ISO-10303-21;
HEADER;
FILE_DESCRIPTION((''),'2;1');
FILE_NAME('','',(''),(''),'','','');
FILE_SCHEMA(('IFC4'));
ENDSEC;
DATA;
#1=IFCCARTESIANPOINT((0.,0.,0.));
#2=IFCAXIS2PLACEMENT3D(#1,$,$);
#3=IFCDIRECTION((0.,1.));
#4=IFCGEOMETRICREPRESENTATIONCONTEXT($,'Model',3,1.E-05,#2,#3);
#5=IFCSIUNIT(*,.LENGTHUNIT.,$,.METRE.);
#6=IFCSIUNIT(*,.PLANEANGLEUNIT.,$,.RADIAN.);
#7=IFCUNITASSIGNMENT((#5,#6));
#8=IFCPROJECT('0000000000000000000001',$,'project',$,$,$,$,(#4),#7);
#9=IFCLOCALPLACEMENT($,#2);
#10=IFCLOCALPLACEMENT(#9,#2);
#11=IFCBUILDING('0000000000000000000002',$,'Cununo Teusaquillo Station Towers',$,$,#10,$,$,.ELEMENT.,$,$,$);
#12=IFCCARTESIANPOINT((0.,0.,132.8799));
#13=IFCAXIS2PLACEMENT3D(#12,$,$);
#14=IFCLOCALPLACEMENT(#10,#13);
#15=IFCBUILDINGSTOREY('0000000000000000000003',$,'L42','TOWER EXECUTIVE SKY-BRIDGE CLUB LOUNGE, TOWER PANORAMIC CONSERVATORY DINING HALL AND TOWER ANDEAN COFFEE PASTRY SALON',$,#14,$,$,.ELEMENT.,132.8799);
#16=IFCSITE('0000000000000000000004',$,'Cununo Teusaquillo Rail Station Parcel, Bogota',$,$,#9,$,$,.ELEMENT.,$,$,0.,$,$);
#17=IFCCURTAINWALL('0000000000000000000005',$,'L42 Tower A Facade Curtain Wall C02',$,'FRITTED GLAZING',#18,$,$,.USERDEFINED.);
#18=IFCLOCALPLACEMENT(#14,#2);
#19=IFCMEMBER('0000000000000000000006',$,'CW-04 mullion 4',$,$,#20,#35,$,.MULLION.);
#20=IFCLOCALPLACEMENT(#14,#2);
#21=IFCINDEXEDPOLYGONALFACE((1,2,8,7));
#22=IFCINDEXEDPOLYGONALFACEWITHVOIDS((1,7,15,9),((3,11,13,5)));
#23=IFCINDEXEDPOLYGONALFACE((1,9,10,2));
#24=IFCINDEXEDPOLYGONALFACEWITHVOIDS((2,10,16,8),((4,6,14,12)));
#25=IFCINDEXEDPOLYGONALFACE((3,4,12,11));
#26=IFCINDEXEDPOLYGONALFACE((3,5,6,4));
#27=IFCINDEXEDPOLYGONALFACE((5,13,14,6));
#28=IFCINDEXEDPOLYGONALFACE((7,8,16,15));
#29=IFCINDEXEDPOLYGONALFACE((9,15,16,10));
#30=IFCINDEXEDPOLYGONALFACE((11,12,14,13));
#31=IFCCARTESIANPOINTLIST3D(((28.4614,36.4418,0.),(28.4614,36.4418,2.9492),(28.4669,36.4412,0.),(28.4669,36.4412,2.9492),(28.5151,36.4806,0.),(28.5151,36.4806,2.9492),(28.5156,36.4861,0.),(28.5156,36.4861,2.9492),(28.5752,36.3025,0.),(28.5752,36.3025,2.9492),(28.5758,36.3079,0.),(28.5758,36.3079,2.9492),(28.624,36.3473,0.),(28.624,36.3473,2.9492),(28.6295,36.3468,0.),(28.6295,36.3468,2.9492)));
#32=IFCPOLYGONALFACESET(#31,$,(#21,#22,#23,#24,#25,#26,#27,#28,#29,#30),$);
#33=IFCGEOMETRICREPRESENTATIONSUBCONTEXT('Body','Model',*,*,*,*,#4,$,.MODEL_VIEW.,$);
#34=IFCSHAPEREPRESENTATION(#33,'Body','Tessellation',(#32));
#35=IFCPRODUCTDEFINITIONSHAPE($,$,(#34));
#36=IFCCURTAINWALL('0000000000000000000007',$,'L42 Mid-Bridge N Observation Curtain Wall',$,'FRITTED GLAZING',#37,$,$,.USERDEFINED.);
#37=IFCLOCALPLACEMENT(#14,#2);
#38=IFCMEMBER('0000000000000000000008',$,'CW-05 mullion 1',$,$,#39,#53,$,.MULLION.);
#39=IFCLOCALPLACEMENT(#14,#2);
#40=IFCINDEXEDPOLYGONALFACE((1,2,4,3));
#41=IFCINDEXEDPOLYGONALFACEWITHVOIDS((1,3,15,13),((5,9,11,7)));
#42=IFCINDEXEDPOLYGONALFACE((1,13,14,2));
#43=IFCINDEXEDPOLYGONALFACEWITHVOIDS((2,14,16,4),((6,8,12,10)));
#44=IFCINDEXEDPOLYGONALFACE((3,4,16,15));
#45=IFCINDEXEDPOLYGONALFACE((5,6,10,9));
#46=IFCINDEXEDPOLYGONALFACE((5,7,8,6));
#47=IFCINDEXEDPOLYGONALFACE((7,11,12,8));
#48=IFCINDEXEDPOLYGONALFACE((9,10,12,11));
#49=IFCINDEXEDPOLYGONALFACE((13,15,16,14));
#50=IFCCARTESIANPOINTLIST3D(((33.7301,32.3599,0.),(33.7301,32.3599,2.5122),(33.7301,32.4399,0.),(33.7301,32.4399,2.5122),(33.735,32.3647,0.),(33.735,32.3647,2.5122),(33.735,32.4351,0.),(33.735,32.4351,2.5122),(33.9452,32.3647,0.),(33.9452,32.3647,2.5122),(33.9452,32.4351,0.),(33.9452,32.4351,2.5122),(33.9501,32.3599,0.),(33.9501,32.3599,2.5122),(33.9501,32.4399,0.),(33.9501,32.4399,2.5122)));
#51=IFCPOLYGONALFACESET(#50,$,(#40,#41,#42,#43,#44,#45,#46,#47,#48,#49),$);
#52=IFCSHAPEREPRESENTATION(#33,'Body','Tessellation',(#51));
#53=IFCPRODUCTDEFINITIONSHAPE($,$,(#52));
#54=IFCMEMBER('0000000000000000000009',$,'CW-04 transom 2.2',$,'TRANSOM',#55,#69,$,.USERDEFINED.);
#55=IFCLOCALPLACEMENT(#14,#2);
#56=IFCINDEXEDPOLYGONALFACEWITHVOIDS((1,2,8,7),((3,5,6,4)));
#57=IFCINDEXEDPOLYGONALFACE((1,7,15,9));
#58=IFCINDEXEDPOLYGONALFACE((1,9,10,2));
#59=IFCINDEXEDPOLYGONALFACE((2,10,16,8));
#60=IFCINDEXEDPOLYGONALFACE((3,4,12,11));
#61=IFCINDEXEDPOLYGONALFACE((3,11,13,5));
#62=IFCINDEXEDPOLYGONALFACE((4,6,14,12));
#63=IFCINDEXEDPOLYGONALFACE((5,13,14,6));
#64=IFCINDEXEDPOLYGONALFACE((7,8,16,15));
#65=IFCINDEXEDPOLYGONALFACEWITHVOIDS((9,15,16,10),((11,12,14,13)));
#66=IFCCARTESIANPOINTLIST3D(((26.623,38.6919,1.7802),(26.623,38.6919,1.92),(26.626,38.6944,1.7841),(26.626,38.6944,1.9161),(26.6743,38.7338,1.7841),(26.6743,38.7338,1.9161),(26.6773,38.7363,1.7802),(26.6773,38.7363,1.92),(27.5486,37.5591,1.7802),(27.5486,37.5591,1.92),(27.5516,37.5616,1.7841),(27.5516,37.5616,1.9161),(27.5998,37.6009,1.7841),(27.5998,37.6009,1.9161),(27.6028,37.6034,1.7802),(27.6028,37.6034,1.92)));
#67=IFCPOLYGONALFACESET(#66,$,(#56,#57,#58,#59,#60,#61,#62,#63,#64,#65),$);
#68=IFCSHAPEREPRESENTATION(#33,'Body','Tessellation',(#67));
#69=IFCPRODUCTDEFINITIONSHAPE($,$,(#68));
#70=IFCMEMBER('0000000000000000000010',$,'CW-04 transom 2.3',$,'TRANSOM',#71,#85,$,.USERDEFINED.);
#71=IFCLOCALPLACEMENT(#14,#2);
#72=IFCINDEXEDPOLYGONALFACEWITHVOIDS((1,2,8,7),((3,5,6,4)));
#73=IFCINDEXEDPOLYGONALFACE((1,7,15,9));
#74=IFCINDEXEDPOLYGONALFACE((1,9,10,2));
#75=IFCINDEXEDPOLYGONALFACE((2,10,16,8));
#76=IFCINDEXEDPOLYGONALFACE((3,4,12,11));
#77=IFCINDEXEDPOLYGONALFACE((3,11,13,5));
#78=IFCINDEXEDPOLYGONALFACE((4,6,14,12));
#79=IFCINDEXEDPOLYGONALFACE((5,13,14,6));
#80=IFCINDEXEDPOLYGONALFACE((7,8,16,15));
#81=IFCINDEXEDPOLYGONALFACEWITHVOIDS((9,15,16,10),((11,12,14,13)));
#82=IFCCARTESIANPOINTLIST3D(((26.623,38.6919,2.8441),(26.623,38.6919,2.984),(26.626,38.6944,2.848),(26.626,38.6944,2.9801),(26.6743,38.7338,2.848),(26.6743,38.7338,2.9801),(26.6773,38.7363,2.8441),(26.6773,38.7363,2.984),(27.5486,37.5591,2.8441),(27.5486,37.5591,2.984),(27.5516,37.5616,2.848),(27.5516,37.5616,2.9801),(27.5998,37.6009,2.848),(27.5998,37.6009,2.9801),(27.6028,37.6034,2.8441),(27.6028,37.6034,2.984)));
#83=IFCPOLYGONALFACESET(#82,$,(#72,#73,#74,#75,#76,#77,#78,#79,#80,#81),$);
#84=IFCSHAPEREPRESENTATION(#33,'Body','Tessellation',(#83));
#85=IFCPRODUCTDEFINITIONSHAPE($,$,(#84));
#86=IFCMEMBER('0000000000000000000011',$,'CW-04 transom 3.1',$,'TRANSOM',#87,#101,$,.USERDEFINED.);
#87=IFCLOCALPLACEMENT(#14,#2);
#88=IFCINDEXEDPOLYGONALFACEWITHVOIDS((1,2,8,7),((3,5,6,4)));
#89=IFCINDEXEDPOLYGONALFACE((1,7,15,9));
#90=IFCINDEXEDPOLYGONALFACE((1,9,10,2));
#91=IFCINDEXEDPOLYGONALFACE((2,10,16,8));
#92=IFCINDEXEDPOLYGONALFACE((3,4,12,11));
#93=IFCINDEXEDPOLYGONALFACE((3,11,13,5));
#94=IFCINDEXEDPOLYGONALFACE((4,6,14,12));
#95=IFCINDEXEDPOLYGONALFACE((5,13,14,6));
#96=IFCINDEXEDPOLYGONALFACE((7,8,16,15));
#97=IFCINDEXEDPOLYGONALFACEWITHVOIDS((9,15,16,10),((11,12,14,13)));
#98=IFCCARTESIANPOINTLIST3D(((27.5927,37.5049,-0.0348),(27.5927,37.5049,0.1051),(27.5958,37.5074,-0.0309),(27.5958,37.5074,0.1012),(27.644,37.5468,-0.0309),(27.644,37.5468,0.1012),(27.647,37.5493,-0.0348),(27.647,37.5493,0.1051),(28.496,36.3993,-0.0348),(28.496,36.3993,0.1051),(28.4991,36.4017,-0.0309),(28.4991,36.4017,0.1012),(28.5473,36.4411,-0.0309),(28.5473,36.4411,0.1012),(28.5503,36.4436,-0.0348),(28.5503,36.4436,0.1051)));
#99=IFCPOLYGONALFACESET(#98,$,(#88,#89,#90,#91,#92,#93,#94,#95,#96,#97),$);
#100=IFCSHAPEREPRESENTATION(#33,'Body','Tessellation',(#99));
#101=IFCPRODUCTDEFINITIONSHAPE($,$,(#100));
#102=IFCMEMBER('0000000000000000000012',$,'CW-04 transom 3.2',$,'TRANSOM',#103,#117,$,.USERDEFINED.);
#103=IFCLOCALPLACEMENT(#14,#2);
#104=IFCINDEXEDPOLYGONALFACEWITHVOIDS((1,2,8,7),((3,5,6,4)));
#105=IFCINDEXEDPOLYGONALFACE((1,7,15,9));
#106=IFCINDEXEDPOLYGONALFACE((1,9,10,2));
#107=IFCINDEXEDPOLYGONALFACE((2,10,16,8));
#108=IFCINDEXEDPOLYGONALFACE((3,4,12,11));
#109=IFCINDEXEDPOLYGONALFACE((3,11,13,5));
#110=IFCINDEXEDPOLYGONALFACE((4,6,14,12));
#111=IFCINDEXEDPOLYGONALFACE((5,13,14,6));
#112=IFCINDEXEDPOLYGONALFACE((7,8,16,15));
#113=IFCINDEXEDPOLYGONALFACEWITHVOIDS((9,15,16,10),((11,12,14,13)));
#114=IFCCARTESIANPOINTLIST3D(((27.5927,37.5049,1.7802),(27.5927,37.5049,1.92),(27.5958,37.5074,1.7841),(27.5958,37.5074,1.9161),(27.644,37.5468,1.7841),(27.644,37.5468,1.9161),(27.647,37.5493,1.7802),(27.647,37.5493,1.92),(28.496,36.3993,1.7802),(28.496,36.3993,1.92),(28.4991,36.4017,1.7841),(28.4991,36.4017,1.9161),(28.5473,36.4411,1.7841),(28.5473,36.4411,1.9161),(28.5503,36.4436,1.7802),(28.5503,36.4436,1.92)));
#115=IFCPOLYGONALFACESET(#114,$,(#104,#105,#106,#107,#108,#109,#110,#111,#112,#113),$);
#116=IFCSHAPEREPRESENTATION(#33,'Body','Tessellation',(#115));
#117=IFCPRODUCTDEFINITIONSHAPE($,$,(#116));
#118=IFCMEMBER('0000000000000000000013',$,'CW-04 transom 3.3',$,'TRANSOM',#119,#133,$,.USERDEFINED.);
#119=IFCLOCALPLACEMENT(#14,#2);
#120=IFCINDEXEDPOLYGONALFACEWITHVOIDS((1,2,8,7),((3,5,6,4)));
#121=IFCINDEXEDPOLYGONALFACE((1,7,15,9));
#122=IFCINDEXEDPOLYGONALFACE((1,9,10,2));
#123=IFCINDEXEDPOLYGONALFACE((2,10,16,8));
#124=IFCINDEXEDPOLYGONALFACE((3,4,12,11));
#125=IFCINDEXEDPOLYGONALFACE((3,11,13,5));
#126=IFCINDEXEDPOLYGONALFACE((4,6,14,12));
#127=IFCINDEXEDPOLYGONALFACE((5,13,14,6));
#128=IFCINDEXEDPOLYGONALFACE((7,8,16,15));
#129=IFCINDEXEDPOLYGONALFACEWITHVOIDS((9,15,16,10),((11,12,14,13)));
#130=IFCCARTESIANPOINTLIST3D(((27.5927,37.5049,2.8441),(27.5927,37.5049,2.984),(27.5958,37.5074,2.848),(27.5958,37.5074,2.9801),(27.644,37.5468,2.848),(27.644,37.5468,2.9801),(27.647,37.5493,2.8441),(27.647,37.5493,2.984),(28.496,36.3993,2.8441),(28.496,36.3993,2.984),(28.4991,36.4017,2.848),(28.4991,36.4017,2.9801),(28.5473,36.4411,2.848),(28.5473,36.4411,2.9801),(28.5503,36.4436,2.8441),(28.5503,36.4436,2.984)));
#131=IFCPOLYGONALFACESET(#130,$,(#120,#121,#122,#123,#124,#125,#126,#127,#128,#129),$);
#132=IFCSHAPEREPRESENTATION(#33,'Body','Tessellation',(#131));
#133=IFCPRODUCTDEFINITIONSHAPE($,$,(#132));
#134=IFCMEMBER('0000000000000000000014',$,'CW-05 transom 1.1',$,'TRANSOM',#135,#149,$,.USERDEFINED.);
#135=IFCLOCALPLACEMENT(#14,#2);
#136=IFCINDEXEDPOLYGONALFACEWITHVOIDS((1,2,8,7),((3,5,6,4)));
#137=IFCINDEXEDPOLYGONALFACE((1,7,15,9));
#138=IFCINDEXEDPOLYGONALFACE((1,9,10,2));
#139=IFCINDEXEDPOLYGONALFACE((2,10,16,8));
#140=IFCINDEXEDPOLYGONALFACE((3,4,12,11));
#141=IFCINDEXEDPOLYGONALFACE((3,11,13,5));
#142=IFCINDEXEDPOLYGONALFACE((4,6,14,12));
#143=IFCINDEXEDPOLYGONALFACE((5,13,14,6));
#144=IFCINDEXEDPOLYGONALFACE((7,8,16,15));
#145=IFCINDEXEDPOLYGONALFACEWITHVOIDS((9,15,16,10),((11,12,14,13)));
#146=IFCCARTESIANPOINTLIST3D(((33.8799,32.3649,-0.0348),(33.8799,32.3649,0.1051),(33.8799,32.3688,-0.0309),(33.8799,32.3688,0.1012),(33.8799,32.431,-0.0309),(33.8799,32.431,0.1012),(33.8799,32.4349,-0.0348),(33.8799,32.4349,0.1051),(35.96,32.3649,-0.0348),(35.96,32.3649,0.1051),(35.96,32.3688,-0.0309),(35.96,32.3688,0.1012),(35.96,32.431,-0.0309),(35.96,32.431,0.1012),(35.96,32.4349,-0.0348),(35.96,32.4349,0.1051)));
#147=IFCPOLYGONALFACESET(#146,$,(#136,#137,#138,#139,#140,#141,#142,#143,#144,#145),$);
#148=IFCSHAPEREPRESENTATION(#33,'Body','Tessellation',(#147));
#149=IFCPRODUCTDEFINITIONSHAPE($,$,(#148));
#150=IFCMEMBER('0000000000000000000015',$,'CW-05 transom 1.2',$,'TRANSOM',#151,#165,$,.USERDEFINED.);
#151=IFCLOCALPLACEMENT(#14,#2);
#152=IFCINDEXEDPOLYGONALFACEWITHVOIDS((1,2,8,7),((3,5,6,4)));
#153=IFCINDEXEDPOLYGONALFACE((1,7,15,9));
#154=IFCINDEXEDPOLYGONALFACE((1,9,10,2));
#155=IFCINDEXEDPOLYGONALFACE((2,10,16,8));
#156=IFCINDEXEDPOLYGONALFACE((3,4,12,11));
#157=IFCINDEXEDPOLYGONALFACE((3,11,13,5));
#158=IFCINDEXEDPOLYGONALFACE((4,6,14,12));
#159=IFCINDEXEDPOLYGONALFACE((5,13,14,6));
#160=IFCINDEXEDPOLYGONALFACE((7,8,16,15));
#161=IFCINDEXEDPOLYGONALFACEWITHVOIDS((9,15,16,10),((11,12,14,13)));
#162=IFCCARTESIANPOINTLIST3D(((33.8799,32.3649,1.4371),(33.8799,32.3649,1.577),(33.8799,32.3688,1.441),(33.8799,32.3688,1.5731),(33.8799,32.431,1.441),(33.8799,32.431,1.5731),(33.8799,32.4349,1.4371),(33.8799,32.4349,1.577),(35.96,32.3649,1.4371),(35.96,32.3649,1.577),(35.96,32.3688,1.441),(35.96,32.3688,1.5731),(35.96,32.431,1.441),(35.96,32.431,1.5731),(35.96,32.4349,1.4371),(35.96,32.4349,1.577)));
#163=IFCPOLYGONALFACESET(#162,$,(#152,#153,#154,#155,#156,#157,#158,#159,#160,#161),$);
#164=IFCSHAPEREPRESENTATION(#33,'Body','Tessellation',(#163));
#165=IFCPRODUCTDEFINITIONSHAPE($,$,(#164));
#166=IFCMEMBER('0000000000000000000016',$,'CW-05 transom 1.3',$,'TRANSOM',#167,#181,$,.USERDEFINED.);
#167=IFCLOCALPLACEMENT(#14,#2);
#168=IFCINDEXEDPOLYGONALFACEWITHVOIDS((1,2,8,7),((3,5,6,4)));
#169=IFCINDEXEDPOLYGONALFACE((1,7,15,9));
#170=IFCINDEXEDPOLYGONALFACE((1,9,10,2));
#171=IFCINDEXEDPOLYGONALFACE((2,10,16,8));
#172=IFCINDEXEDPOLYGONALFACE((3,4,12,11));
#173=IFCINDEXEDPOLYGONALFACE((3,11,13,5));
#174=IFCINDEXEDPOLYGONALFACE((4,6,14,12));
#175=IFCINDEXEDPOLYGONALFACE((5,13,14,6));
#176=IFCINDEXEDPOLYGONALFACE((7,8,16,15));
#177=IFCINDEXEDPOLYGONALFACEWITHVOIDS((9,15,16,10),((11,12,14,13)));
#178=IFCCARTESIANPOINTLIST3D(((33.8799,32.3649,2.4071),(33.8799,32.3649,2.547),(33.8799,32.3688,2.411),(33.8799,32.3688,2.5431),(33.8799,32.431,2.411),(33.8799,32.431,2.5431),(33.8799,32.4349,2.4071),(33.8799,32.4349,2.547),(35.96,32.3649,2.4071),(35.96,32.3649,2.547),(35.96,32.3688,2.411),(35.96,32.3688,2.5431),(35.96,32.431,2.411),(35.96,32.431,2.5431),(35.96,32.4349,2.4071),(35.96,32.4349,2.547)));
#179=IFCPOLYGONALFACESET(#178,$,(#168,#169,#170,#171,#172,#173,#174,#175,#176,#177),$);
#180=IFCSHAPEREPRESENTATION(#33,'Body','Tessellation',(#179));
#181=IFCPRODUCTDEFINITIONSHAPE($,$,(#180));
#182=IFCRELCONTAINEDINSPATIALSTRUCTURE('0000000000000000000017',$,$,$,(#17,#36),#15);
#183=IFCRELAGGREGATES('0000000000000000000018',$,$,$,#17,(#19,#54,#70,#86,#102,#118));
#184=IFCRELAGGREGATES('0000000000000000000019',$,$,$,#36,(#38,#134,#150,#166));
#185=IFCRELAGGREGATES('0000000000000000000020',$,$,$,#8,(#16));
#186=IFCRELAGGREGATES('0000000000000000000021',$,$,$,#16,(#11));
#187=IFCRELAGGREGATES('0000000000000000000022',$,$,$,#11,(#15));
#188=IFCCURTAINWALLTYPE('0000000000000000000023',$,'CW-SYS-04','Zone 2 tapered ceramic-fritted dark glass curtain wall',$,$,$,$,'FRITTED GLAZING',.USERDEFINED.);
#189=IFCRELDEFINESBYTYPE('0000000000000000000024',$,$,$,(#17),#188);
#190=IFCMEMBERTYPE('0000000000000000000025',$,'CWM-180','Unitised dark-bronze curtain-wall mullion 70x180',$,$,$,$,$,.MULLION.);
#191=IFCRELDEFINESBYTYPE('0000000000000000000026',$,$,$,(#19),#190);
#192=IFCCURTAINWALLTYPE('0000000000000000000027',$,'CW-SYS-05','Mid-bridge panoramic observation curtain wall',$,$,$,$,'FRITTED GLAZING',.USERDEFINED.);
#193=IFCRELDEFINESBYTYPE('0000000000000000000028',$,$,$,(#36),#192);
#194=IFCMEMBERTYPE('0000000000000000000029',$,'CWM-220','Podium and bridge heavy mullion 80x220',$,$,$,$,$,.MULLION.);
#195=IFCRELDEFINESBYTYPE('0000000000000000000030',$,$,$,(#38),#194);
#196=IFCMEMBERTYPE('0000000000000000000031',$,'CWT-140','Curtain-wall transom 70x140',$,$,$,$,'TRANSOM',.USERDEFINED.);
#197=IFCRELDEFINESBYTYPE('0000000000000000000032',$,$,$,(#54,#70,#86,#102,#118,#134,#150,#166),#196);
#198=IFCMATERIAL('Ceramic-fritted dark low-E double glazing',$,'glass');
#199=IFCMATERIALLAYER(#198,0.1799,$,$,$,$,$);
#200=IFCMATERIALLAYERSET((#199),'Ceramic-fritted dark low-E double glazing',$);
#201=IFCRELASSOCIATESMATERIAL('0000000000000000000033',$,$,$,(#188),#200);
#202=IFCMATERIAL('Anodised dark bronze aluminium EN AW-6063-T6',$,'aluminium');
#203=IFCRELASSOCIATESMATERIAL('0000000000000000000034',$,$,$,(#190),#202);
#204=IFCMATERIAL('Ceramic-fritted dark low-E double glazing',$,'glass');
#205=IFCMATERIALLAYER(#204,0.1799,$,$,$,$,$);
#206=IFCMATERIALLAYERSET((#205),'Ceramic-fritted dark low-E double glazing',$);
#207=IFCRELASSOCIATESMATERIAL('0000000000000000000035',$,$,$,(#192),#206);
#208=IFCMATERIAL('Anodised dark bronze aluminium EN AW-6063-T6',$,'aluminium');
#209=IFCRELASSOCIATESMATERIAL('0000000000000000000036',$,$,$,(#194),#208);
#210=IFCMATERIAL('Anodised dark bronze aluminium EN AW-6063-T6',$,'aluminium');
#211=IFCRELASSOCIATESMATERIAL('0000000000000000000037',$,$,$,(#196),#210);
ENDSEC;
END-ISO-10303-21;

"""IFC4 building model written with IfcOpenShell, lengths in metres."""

from ifc_helpers import new_model, si_unit, direction, frame, origin, origin_2d, place, context, subcontext, project, spatial, hollow_rectangle, extrude, material, layer, layer_set, material_profile, profile_set, type_object, element, aggregate, save


model = new_model("IFC4")

# Units and contexts
model_context = context("Model", 3, precision=1e-05, world=origin(), true_north=direction((0.0, 1.0)))
body_context = subcontext(model_context, "Body", "Model", "MODEL_VIEW")
ifc_project = project(units=[si_unit("LENGTHUNIT", "METRE"), si_unit("PLANEANGLEUNIT", "RADIAN")], contexts=[model_context])

# Site, building, storey
site_placement = place(None, origin())
site = spatial("IfcSite", under=ifc_project, at=site_placement, Name="Cununo Teusaquillo Rail Station Parcel, Bogota", CompositionType="ELEMENT", RefElevation=0.0)
building_placement = place(site_placement, origin())
building = spatial("IfcBuilding", under=site, at=building_placement, Name="Cununo Teusaquillo Station Towers", CompositionType="ELEMENT")
storey_placement = place(building_placement, frame((0.0, 0.0, 132.8799)))
storey = spatial("IfcBuildingStorey", under=building, at=storey_placement, Name="L42", Description="TOWER EXECUTIVE SKY-BRIDGE CLUB LOUNGE, TOWER PANORAMIC CONSERVATORY DINING HALL AND TOWER ANDEAN COFFEE PASTRY SALON", CompositionType="ELEMENT", Elevation=132.8799)

# Curtain wall, member
ifc_material_1 = material(Name="Ceramic-fritted dark low-E double glazing", Category="glass")
ifc_layer_1 = layer(ifc_material_1, 0.1799)
ifc_layer_set_1 = layer_set([ifc_layer_1], Name="Ceramic-fritted dark low-E double glazing")
curtain_wall_type_1 = type_object("IfcCurtainWallType", Name="CW-SYS-04", Description="Zone 2 tapered ceramic-fritted dark glass curtain wall", ElementType="FRITTED GLAZING", PredefinedType="USERDEFINED", material=ifc_layer_set_1)
curtain_wall_1_placement = place(storey_placement, origin())
curtain_wall_1 = element("IfcCurtainWall", 1, at=curtain_wall_1_placement, inside=storey, type_object=curtain_wall_type_1, Name="L42 Tower A Facade Curtain Wall C02", ObjectType="FRITTED GLAZING", PredefinedType="USERDEFINED")
ifc_material_2 = material(Name="Anodised dark bronze aluminium EN AW-6063-T6", Category="aluminium")
ifc_material_profile_1 = material_profile(ifc_material_2, hollow_rectangle(XDim=0.0701, YDim=0.1799, WallThickness=0.0039, at=origin_2d()), Name="CW-MULL-70x180")
ifc_profile_set_1 = profile_set([ifc_material_profile_1], Name="Anodised dark bronze aluminium EN AW-6063-T6")
member_type_1 = type_object("IfcMemberType", Name="CWM-180", Description="Unitised dark-bronze curtain-wall mullion 70x180", PredefinedType="MULLION", material=ifc_profile_set_1)
member_1_placement = place(storey_placement, frame((28.5454, 36.3943, 0.0), z_axis=(0.0, 0.0, 1.0), x_axis=(0.774394, 0.632704, 0.0)))
member_1 = element("IfcMember", 2, at=member_1_placement, type_object=member_type_1, Name="CW-04 mullion 4", PredefinedType="MULLION", context=body_context, shape_type="SweptSolid", body=[
    extrude(hollow_rectangle(XDim=0.0701, YDim=0.1799, WallThickness=0.0039, at=origin_2d()), origin(), (0.0, 0.0, 1.0), 2.9492),
])

# Curtain wall, member
ifc_material_3 = material(Name="Ceramic-fritted dark low-E double glazing", Category="glass")
ifc_layer_2 = layer(ifc_material_3, 0.1799)
ifc_layer_set_2 = layer_set([ifc_layer_2], Name="Ceramic-fritted dark low-E double glazing")
curtain_wall_type_2 = type_object("IfcCurtainWallType", Name="CW-SYS-05", Description="Mid-bridge panoramic observation curtain wall", ElementType="FRITTED GLAZING", PredefinedType="USERDEFINED", material=ifc_layer_set_2)
curtain_wall_2_placement = place(storey_placement, origin())
curtain_wall_2 = element("IfcCurtainWall", 3, at=curtain_wall_2_placement, inside=storey, type_object=curtain_wall_type_2, Name="L42 Mid-Bridge N Observation Curtain Wall", ObjectType="FRITTED GLAZING", PredefinedType="USERDEFINED")
ifc_material_4 = material(Name="Anodised dark bronze aluminium EN AW-6063-T6", Category="aluminium")
ifc_material_profile_2 = material_profile(ifc_material_4, hollow_rectangle(XDim=0.0801, YDim=0.22, WallThickness=0.0049, at=origin_2d()), Name="CW-MULL-80x220")
ifc_profile_set_2 = profile_set([ifc_material_profile_2], Name="Anodised dark bronze aluminium EN AW-6063-T6")
member_type_2 = type_object("IfcMemberType", Name="CWM-220", Description="Podium and bridge heavy mullion 80x220", PredefinedType="MULLION", material=ifc_profile_set_2)
member_2_placement = place(storey_placement, frame((33.8401, 32.3999, 0.0), z_axis=(0.0, 0.0, 1.0), x_axis=(0.0, 1.0, 0.0)))
member_2 = element("IfcMember", 4, at=member_2_placement, type_object=member_type_2, Name="CW-05 mullion 1", PredefinedType="MULLION", context=body_context, shape_type="SweptSolid", body=[
    extrude(hollow_rectangle(XDim=0.0801, YDim=0.22, WallThickness=0.0049, at=origin_2d()), origin(), (0.0, 0.0, 1.0), 2.5122),
])

# Members
ifc_material_5 = material(Name="Anodised dark bronze aluminium EN AW-6063-T6", Category="aluminium")
ifc_material_profile_3 = material_profile(ifc_material_5, hollow_rectangle(XDim=0.0701, YDim=0.1399, WallThickness=0.0039, at=origin_2d()), Name="CW-TRAN-70x140")
ifc_profile_set_3 = profile_set([ifc_material_profile_3], Name="Anodised dark bronze aluminium EN AW-6063-T6")
member_type_3 = type_object("IfcMemberType", Name="CWT-140", Description="Curtain-wall transom 70x140", ElementType="TRANSOM", PredefinedType="USERDEFINED", material=ifc_profile_set_3)
member_3_placement = place(storey_placement, frame((26.6501, 38.7141, 1.8501), z_axis=(0.632701, -0.774396, 0.0), x_axis=(0.774396, 0.632701, 0.0)))
member_3 = element("IfcMember", 5, at=member_3_placement, type_object=member_type_3, Name="CW-04 transom 2.2", ObjectType="TRANSOM", PredefinedType="USERDEFINED", context=body_context, shape_type="SweptSolid", body=[
    extrude(hollow_rectangle(XDim=0.0701, YDim=0.1399, WallThickness=0.0039, at=origin_2d()), origin(), (0.0, 0.0, 1.0), 1.4629),
])
member_4_placement = place(storey_placement, frame((26.6501, 38.7141, 2.9141), z_axis=(0.632701, -0.774396, 0.0), x_axis=(0.774396, 0.632701, 0.0)))
member_4 = element("IfcMember", 6, at=member_4_placement, type_object=member_type_3, Name="CW-04 transom 2.3", ObjectType="TRANSOM", PredefinedType="USERDEFINED", context=body_context, shape_type="SweptSolid", body=[
    extrude(hollow_rectangle(XDim=0.0701, YDim=0.1399, WallThickness=0.0039, at=origin_2d()), origin(), (0.0, 0.0, 1.0), 1.4629),
])
member_5_placement = place(storey_placement, frame((27.6199, 37.5271, 0.0352), z_axis=(0.63267, -0.774422, 0.0), x_axis=(0.774422, 0.63267, 0.0)))
member_5 = element("IfcMember", 7, at=member_5_placement, type_object=member_type_3, Name="CW-04 transom 3.1", ObjectType="TRANSOM", PredefinedType="USERDEFINED", context=body_context, shape_type="SweptSolid", body=[
    extrude(hollow_rectangle(XDim=0.0701, YDim=0.1399, WallThickness=0.0039, at=origin_2d()), origin(), (0.0, 0.0, 1.0), 1.4277),
])
member_6_placement = place(storey_placement, frame((27.6199, 37.5271, 1.8501), z_axis=(0.63267, -0.774422, 0.0), x_axis=(0.774422, 0.63267, 0.0)))
member_6 = element("IfcMember", 8, at=member_6_placement, type_object=member_type_3, Name="CW-04 transom 3.2", ObjectType="TRANSOM", PredefinedType="USERDEFINED", context=body_context, shape_type="SweptSolid", body=[
    extrude(hollow_rectangle(XDim=0.0701, YDim=0.1399, WallThickness=0.0039, at=origin_2d()), origin(), (0.0, 0.0, 1.0), 1.4277),
])
member_7_placement = place(storey_placement, frame((27.6199, 37.5271, 2.9141), z_axis=(0.63267, -0.774422, 0.0), x_axis=(0.774422, 0.63267, 0.0)))
member_7 = element("IfcMember", 9, at=member_7_placement, type_object=member_type_3, Name="CW-04 transom 3.3", ObjectType="TRANSOM", PredefinedType="USERDEFINED", context=body_context, shape_type="SweptSolid", body=[
    extrude(hollow_rectangle(XDim=0.0701, YDim=0.1399, WallThickness=0.0039, at=origin_2d()), origin(), (0.0, 0.0, 1.0), 1.4277),
])
member_8_placement = place(storey_placement, frame((33.8799, 32.3999, 0.0352), z_axis=(1.0, 0.0, 0.0), x_axis=(0.0, 1.0, 0.0)))
member_8 = element("IfcMember", 10, at=member_8_placement, type_object=member_type_3, Name="CW-05 transom 1.1", ObjectType="TRANSOM", PredefinedType="USERDEFINED", context=body_context, shape_type="SweptSolid", body=[
    extrude(hollow_rectangle(XDim=0.0701, YDim=0.1399, WallThickness=0.0039, at=origin_2d()), origin(), (0.0, 0.0, 1.0), 2.0801),
])
member_9_placement = place(storey_placement, frame((33.8799, 32.3999, 1.5071), z_axis=(1.0, 0.0, 0.0), x_axis=(0.0, 1.0, 0.0)))
member_9 = element("IfcMember", 11, at=member_9_placement, type_object=member_type_3, Name="CW-05 transom 1.2", ObjectType="TRANSOM", PredefinedType="USERDEFINED", context=body_context, shape_type="SweptSolid", body=[
    extrude(hollow_rectangle(XDim=0.0701, YDim=0.1399, WallThickness=0.0039, at=origin_2d()), origin(), (0.0, 0.0, 1.0), 2.0801),
])
member_10_placement = place(storey_placement, frame((33.8799, 32.3999, 2.4771), z_axis=(1.0, 0.0, 0.0), x_axis=(0.0, 1.0, 0.0)))
member_10 = element("IfcMember", 12, at=member_10_placement, type_object=member_type_3, Name="CW-05 transom 1.3", ObjectType="TRANSOM", PredefinedType="USERDEFINED", context=body_context, shape_type="SweptSolid", body=[
    extrude(hollow_rectangle(XDim=0.0701, YDim=0.1399, WallThickness=0.0039, at=origin_2d()), origin(), (0.0, 0.0, 1.0), 2.0801),
])

aggregate(curtain_wall_1, [member_1, member_3, member_4, member_5, member_6, member_7])
aggregate(curtain_wall_2, [member_2, member_8, member_9, member_10])

save(model, "model.ifc")
